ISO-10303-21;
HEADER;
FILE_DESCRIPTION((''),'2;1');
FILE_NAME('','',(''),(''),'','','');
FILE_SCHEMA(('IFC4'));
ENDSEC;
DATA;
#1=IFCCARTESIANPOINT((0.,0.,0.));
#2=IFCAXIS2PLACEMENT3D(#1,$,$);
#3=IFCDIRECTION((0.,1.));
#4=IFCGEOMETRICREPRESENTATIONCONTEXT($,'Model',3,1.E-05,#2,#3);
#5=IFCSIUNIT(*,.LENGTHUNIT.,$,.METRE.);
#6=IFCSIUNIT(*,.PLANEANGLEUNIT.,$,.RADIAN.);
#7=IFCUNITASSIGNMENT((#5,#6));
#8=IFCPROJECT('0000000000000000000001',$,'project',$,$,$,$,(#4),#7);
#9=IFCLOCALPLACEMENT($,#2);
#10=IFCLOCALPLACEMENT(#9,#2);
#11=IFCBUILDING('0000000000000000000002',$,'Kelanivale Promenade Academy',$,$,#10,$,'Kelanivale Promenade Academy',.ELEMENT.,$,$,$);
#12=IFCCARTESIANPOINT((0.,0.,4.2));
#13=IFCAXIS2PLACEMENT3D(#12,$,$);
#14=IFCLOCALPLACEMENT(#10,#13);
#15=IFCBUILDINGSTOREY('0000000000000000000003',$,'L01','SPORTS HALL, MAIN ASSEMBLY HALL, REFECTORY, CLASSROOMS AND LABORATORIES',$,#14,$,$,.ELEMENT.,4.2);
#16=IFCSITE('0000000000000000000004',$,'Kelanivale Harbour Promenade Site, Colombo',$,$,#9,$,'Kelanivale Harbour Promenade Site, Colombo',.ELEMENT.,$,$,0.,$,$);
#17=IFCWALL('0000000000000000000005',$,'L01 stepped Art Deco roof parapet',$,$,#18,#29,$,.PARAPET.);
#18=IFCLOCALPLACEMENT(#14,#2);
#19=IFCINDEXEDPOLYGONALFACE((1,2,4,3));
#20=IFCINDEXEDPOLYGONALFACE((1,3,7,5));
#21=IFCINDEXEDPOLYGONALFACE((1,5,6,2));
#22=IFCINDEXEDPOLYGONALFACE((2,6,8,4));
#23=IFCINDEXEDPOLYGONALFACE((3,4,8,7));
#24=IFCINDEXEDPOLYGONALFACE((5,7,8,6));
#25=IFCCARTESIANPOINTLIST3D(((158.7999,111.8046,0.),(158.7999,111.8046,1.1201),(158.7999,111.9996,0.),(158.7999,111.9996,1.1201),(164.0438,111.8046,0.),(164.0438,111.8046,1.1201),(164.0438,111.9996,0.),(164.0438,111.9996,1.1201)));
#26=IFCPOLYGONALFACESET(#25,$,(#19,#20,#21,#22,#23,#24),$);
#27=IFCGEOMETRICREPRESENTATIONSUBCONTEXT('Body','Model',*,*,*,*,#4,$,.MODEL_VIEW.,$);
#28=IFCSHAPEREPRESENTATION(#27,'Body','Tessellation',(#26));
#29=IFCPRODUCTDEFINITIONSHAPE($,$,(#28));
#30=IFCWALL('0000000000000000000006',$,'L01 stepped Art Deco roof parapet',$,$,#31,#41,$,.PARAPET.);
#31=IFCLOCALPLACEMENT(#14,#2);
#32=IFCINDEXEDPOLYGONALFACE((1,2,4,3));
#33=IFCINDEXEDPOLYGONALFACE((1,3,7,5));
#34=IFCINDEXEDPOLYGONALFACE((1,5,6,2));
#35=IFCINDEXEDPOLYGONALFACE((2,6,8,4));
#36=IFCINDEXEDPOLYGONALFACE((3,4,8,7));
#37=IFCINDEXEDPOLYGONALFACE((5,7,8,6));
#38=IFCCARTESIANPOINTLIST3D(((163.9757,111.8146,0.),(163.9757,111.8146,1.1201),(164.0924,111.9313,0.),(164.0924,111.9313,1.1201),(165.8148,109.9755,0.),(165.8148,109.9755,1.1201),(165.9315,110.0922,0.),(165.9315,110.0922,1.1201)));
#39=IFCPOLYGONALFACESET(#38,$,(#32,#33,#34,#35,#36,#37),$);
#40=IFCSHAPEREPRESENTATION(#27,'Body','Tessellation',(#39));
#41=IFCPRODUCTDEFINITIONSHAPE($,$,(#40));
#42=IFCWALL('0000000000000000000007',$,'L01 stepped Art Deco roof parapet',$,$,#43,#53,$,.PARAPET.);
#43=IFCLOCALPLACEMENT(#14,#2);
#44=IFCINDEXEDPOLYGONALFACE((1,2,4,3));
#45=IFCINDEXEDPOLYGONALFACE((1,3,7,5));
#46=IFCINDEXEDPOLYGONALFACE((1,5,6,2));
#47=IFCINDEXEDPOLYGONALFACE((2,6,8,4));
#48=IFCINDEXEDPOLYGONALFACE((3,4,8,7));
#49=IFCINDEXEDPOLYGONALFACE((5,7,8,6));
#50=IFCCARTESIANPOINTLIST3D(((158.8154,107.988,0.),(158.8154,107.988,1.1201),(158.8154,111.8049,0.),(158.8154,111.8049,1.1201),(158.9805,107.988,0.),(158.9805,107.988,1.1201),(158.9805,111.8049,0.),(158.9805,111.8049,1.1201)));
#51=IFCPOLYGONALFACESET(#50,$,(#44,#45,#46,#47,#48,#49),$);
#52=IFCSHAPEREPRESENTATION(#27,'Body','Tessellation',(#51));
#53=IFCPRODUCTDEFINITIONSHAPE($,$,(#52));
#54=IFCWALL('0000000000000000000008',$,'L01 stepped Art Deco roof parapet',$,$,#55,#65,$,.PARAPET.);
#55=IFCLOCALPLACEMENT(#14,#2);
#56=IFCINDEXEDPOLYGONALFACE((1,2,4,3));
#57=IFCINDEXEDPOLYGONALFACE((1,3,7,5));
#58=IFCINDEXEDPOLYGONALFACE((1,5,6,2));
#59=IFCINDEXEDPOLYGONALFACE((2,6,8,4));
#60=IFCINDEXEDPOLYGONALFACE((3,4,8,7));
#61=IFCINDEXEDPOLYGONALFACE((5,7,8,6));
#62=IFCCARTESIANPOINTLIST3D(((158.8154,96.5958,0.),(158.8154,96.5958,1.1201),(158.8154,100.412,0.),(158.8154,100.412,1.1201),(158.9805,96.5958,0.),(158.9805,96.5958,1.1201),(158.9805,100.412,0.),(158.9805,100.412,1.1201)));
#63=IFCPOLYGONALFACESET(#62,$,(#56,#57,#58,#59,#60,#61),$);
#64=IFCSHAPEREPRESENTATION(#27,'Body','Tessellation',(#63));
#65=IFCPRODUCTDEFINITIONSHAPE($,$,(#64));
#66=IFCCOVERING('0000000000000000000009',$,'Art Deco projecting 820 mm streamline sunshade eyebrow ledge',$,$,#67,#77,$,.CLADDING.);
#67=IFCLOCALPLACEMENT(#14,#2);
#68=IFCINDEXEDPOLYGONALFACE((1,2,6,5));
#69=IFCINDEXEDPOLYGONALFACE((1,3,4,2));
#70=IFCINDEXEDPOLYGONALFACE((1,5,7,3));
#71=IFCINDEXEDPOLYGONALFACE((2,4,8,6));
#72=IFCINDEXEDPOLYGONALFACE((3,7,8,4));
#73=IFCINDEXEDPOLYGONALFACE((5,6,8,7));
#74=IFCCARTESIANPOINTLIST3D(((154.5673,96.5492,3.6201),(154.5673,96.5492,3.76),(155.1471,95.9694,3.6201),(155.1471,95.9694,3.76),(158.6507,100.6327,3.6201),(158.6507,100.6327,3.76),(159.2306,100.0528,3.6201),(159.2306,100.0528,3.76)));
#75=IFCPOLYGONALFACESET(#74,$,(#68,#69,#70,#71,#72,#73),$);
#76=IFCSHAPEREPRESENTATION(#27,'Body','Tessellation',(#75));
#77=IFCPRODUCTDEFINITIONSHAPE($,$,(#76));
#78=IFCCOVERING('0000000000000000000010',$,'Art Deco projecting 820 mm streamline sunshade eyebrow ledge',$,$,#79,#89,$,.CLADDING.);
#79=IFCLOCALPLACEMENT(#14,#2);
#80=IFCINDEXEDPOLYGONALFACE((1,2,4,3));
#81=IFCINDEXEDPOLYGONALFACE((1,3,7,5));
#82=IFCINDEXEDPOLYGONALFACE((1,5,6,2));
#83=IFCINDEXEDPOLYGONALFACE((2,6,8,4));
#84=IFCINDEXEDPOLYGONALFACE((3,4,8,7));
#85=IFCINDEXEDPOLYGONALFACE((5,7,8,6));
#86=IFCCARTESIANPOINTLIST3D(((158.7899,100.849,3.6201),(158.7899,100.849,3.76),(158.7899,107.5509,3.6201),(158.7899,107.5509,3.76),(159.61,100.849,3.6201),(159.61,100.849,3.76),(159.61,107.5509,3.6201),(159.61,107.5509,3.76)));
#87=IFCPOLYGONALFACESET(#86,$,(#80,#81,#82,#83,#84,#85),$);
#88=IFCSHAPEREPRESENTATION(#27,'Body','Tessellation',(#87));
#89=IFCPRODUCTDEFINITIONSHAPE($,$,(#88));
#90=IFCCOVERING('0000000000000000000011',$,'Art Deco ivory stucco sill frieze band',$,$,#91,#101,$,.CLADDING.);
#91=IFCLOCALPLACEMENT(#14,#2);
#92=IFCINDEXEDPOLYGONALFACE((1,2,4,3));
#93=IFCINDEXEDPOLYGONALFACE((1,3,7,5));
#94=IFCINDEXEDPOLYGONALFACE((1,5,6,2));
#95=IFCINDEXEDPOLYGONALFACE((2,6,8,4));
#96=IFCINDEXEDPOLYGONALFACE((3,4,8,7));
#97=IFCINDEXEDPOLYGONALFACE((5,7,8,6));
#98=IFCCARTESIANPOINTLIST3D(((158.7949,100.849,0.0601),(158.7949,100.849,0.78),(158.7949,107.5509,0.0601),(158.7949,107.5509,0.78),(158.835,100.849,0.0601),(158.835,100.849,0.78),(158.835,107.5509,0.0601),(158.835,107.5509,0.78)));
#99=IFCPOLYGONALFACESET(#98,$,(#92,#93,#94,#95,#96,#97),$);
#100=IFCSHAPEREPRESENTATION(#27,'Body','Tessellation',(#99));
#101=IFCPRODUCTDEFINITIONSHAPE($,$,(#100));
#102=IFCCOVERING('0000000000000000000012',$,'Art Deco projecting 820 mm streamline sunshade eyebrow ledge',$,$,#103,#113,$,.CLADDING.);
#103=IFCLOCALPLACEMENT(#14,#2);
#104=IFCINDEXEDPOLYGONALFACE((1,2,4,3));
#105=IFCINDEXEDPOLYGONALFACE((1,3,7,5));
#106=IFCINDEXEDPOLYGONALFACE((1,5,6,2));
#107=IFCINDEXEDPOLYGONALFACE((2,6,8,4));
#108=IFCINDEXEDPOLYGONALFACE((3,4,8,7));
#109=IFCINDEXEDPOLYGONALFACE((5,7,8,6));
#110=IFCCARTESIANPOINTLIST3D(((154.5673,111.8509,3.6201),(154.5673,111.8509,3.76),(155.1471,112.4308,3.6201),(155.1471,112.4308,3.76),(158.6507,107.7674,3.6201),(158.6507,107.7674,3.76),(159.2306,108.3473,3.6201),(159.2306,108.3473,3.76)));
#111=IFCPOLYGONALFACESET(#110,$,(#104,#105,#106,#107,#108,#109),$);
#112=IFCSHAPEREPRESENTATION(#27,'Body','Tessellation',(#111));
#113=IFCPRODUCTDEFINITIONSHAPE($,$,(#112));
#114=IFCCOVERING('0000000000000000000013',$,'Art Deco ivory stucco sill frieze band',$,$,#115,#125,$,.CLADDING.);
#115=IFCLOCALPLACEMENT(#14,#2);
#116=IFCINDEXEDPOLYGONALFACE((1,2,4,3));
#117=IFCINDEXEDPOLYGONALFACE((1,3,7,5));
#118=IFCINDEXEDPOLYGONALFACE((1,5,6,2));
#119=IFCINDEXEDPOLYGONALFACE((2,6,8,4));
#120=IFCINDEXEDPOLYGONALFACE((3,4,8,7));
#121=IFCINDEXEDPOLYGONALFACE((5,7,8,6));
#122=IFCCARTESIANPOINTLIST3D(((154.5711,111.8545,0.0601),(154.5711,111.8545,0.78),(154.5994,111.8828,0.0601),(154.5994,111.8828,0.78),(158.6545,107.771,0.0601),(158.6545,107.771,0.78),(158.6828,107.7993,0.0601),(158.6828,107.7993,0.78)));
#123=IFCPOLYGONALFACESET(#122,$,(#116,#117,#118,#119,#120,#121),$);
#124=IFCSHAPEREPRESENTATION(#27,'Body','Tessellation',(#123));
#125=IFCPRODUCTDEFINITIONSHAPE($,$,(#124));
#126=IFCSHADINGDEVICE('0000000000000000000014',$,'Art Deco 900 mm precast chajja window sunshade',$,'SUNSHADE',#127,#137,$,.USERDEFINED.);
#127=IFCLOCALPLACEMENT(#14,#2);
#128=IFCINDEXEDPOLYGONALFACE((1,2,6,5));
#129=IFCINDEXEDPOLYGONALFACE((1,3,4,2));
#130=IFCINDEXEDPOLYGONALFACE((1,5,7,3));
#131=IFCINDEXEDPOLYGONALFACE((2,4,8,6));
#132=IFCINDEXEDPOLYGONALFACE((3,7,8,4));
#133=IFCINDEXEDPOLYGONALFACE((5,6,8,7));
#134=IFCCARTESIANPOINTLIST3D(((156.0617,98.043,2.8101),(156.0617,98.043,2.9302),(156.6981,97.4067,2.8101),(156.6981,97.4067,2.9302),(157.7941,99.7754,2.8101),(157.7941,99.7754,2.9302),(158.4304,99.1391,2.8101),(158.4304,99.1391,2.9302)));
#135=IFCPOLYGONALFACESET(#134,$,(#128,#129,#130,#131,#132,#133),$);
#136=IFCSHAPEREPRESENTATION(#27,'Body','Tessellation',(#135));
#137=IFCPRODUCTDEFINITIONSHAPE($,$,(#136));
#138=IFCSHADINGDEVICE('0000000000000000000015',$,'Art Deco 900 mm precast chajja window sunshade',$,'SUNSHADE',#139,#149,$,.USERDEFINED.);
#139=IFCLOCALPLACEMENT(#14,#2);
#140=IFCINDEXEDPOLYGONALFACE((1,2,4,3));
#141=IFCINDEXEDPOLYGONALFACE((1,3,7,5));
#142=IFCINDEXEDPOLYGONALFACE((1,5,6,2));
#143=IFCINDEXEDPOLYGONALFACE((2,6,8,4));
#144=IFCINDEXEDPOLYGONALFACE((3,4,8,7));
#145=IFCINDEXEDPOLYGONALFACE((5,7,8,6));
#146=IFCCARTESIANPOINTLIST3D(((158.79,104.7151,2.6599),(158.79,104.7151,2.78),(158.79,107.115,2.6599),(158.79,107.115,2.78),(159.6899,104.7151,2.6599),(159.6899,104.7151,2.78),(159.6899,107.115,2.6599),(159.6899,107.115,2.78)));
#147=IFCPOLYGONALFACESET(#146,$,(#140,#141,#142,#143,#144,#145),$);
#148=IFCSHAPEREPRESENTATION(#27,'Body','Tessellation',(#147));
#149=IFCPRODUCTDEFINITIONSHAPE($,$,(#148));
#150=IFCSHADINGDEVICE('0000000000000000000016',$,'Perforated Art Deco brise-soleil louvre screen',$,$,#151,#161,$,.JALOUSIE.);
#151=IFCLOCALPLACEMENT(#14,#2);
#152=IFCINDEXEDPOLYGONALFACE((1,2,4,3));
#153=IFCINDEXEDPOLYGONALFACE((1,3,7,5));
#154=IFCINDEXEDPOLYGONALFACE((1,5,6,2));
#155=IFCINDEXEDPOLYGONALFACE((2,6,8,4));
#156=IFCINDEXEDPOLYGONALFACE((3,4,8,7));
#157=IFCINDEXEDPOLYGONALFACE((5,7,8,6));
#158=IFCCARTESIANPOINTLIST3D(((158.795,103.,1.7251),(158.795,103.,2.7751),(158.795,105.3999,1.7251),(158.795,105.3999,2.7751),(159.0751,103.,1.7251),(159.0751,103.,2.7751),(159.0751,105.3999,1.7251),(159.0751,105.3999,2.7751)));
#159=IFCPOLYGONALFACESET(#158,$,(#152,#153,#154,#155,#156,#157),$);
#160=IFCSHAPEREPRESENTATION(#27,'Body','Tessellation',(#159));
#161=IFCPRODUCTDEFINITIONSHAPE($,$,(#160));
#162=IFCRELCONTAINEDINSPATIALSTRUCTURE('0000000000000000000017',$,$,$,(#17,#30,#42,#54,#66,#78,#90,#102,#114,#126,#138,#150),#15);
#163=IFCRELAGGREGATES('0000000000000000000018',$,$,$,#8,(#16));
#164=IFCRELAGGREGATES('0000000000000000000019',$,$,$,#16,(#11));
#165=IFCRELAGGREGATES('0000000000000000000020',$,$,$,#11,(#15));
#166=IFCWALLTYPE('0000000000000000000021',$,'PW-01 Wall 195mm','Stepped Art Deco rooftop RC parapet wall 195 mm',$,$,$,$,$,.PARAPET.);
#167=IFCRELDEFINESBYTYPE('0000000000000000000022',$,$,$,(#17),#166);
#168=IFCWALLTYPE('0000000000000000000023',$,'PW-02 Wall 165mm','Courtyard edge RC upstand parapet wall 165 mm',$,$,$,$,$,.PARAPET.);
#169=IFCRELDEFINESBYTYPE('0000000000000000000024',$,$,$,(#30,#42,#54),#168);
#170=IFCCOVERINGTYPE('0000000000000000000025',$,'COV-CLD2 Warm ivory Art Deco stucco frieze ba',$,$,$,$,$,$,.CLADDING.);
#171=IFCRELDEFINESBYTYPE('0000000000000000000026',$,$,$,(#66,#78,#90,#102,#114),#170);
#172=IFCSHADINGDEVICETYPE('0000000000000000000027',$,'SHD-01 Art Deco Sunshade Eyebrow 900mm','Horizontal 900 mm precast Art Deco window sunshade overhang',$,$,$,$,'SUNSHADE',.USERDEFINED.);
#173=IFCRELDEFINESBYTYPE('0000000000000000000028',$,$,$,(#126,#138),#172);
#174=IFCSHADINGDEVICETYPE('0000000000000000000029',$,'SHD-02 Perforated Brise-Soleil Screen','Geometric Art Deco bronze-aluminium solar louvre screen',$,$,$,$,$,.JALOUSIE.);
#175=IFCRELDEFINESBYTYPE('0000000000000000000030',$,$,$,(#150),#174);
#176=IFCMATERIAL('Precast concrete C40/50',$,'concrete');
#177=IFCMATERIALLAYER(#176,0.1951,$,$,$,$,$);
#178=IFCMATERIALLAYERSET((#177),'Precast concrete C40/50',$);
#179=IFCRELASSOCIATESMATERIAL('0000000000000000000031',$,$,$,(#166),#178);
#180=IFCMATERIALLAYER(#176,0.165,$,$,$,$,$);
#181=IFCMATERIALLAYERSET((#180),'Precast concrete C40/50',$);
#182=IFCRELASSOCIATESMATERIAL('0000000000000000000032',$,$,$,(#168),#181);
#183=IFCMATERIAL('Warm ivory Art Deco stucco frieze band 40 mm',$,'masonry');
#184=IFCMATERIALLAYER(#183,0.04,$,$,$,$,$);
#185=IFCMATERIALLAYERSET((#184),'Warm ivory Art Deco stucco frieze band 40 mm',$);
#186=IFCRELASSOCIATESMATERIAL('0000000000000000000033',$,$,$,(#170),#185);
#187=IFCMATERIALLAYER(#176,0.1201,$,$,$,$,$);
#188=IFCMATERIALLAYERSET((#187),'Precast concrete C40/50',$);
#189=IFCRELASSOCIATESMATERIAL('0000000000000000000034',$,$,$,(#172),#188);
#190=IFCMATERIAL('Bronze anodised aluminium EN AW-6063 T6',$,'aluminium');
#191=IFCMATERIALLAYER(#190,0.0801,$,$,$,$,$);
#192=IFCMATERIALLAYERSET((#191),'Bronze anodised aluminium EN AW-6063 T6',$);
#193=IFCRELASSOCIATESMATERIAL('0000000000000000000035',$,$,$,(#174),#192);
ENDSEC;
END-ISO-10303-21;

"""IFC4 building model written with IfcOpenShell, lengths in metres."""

from ifc_helpers import new_model, si_unit, direction, frame, frame_2d, origin, origin_2d, place, context, subcontext, project, spatial, rectangle, extrude, material, layer, layer_set, type_object, element, save


model = new_model("IFC4")

# Units and contexts
model_context = context("Model", 3, precision=1e-05, world=origin(), true_north=direction((0.0, 1.0)))
body_context = subcontext(model_context, "Body", "Model", "MODEL_VIEW")
ifc_project = project(units=[si_unit("LENGTHUNIT", "METRE"), si_unit("PLANEANGLEUNIT", "RADIAN")], contexts=[model_context])

# Site, building, storey
site_placement = place(None, origin())
site = spatial("IfcSite", under=ifc_project, at=site_placement, Name="Kelanivale Harbour Promenade Site, Colombo", LongName="Kelanivale Harbour Promenade Site, Colombo", CompositionType="ELEMENT", RefElevation=0.0)
building_placement = place(site_placement, origin())
building = spatial("IfcBuilding", under=site, at=building_placement, Name="Kelanivale Promenade Academy", LongName="Kelanivale Promenade Academy", CompositionType="ELEMENT")
storey_placement = place(building_placement, frame((0.0, 0.0, 4.2)))
storey = spatial("IfcBuildingStorey", under=building, at=storey_placement, Name="L01", Description="SPORTS HALL, MAIN ASSEMBLY HALL, REFECTORY, CLASSROOMS AND LABORATORIES", CompositionType="ELEMENT", Elevation=4.2)

# Walls
ifc_material_1 = material(Name="Precast concrete C40/50", Category="concrete")
ifc_layer_1 = layer(ifc_material_1, 0.1951)
ifc_layer_set_1 = layer_set([ifc_layer_1], Name="Precast concrete C40/50")
wall_type_1 = type_object("IfcWallType", Name="PW-01 Wall 195mm", Description="Stepped Art Deco rooftop RC parapet wall 195 mm", PredefinedType="PARAPET", material=ifc_layer_set_1)
wall_1_placement = place(storey_placement, frame((164.0439, 111.9021, 0.0), z_axis=(0.0, 0.0, 1.0), x_axis=(-1.0, 0.0, 0.0)))
element("IfcWall", 1, at=wall_1_placement, inside=storey, type_object=wall_type_1, Name="L01 stepped Art Deco roof parapet", PredefinedType="PARAPET", context=body_context, shape_type="SweptSolid", body=[
    extrude(rectangle(XDim=5.2439, YDim=0.1951, at=frame_2d((2.6221, 0.0))), origin(), (0.0, 0.0, 1.0), 1.1201),
])
ifc_layer_2 = layer(ifc_material_1, 0.165)
ifc_layer_set_2 = layer_set([ifc_layer_2], Name="Precast concrete C40/50")
wall_type_2 = type_object("IfcWallType", Name="PW-02 Wall 165mm", Description="Courtyard edge RC upstand parapet wall 165 mm", PredefinedType="PARAPET", material=ifc_layer_set_2)
wall_2_placement = place(storey_placement, frame((165.873, 110.0339, 0.0), z_axis=(0.0, 0.0, 1.0), x_axis=(-0.707107, 0.707107, 0.0)))
element("IfcWall", 2, at=wall_2_placement, inside=storey, type_object=wall_type_2, Name="L01 stepped Art Deco roof parapet", PredefinedType="PARAPET", context=body_context, shape_type="SweptSolid", body=[
    extrude(rectangle(XDim=2.6008, YDim=0.165, at=frame_2d((1.3003, 0.0))), origin(), (0.0, 0.0, 1.0), 1.1201),
])
wall_3_placement = place(storey_placement, frame((158.8979, 111.8049, 0.0), z_axis=(0.0, 0.0, 1.0), x_axis=(0.0, -1.0, 0.0)))
element("IfcWall", 3, at=wall_3_placement, inside=storey, type_object=wall_type_2, Name="L01 stepped Art Deco roof parapet", PredefinedType="PARAPET", context=body_context, shape_type="SweptSolid", body=[
    extrude(rectangle(XDim=3.8169, YDim=0.165, at=frame_2d((1.9084, 0.0))), origin(), (0.0, 0.0, 1.0), 1.1201),
])
wall_4_placement = place(storey_placement, frame((158.8979, 100.4121, 0.0), z_axis=(0.0, 0.0, 1.0), x_axis=(0.0, -1.0, 0.0)))
element("IfcWall", 4, at=wall_4_placement, inside=storey, type_object=wall_type_2, Name="L01 stepped Art Deco roof parapet", PredefinedType="PARAPET", context=body_context, shape_type="SweptSolid", body=[
    extrude(rectangle(XDim=3.8162, YDim=0.165, at=frame_2d((1.9082, 0.0))), origin(), (0.0, 0.0, 1.0), 1.1201),
])

# Coverings
ifc_material_2 = material(Name="Warm ivory Art Deco stucco frieze band 40 mm", Category="masonry")
ifc_layer_3 = layer(ifc_material_2, 0.04)
ifc_layer_set_3 = layer_set([ifc_layer_3], Name="Warm ivory Art Deco stucco frieze band 40 mm")
covering_type = type_object("IfcCoveringType", Name="COV-CLD2 Warm ivory Art Deco stucco frieze ba", PredefinedType="CLADDING", material=ifc_layer_set_3)
covering_1_placement = place(storey_placement, frame((156.8989, 98.301, 3.6201), z_axis=(0.0, 0.0, 1.0), x_axis=(0.707107, 0.707107, 0.0)))
element("IfcCovering", 5, at=covering_1_placement, inside=storey, type_object=covering_type, Name="Art Deco projecting 820 mm streamline sunshade eyebrow ledge", PredefinedType="CLADDING", context=body_context, shape_type="SweptSolid", body=[
    extrude(rectangle(XDim=5.7749, YDim=0.8201, at=origin_2d()), origin(), (0.0, 0.0, 1.0), 0.1399),
])
covering_2_placement = place(storey_placement, frame((159.2, 104.2, 3.6201), z_axis=(0.0, 0.0, 1.0), x_axis=(0.0, 1.0, 0.0)))
element("IfcCovering", 6, at=covering_2_placement, inside=storey, type_object=covering_type, Name="Art Deco projecting 820 mm streamline sunshade eyebrow ledge", PredefinedType="CLADDING", context=body_context, shape_type="SweptSolid", body=[
    extrude(rectangle(XDim=6.7019, YDim=0.8201, at=origin_2d()), origin(), (0.0, 0.0, 1.0), 0.1399),
])
covering_3_placement = place(storey_placement, frame((158.8149, 104.2, 0.0601), z_axis=(0.0, 0.0, 1.0), x_axis=(0.0, 1.0, 0.0)))
element("IfcCovering", 7, at=covering_3_placement, inside=storey, type_object=covering_type, Name="Art Deco ivory stucco sill frieze band", PredefinedType="CLADDING", context=body_context, shape_type="SweptSolid", body=[
    extrude(rectangle(XDim=6.7019, YDim=0.04, at=origin_2d()), origin(), (0.0, 0.0, 1.0), 0.72),
])
covering_4_placement = place(storey_placement, frame((156.8989, 110.0991, 3.6201), z_axis=(0.0, 0.0, 1.0), x_axis=(-0.707107, 0.707107, 0.0)))
element("IfcCovering", 8, at=covering_4_placement, inside=storey, type_object=covering_type, Name="Art Deco projecting 820 mm streamline sunshade eyebrow ledge", PredefinedType="CLADDING", context=body_context, shape_type="SweptSolid", body=[
    extrude(rectangle(XDim=5.7749, YDim=0.8201, at=origin_2d()), origin(), (0.0, 0.0, 1.0), 0.1399),
])
covering_5_placement = place(storey_placement, frame((156.627, 109.8269, 0.0601), z_axis=(0.0, 0.0, 1.0), x_axis=(-0.707107, 0.707107, 0.0)))
element("IfcCovering", 9, at=covering_5_placement, inside=storey, type_object=covering_type, Name="Art Deco ivory stucco sill frieze band", PredefinedType="CLADDING", context=body_context, shape_type="SweptSolid", body=[
    extrude(rectangle(XDim=5.7749, YDim=0.04, at=origin_2d()), origin(), (0.0, 0.0, 1.0), 0.72),
])

# Shading devices
ifc_layer_4 = layer(ifc_material_1, 0.1201)
ifc_layer_set_4 = layer_set([ifc_layer_4], Name="Precast concrete C40/50")
shading_device_type_1 = type_object("IfcShadingDeviceType", Name="SHD-01 Art Deco Sunshade Eyebrow 900mm", Description="Horizontal 900 mm precast Art Deco window sunshade overhang", ElementType="SUNSHADE", PredefinedType="USERDEFINED", material=ifc_layer_set_4)
shading_device_1_placement = place(storey_placement, frame((157.2461, 98.5911, 2.8101), z_axis=(0.0, 0.0, 1.0), x_axis=(0.707107, 0.707107, 0.0)))
element("IfcShadingDevice", 10, at=shading_device_1_placement, inside=storey, type_object=shading_device_type_1, Name="Art Deco 900 mm precast chajja window sunshade", ObjectType="SUNSHADE", PredefinedType="USERDEFINED", context=body_context, shape_type="SweptSolid", body=[
    extrude(rectangle(XDim=2.45, YDim=0.8999, at=origin_2d()), origin(), (0.0, 0.0, 1.0), 0.1201),
])
shading_device_2_placement = place(storey_placement, frame((159.24, 105.915, 2.6599), z_axis=(0.0, 0.0, 1.0), x_axis=(0.0, 1.0, 0.0)))
element("IfcShadingDevice", 11, at=shading_device_2_placement, inside=storey, type_object=shading_device_type_1, Name="Art Deco 900 mm precast chajja window sunshade", ObjectType="SUNSHADE", PredefinedType="USERDEFINED", context=body_context, shape_type="SweptSolid", body=[
    extrude(rectangle(XDim=2.3999, YDim=0.8999, at=origin_2d()), origin(), (0.0, 0.0, 1.0), 0.1201),
])
ifc_material_3 = material(Name="Bronze anodised aluminium EN AW-6063 T6", Category="aluminium")
ifc_layer_5 = layer(ifc_material_3, 0.0801)
ifc_layer_set_5 = layer_set([ifc_layer_5], Name="Bronze anodised aluminium EN AW-6063 T6")
shading_device_type_2 = type_object("IfcShadingDeviceType", Name="SHD-02 Perforated Brise-Soleil Screen", Description="Geometric Art Deco bronze-aluminium solar louvre screen", PredefinedType="JALOUSIE", material=ifc_layer_set_5)
shading_device_3_placement = place(storey_placement, frame((158.9351, 104.2, 1.7251), z_axis=(0.0, 0.0, 1.0), x_axis=(0.0, 1.0, 0.0)))
element("IfcShadingDevice", 12, at=shading_device_3_placement, inside=storey, type_object=shading_device_type_2, Name="Perforated Art Deco brise-soleil louvre screen", PredefinedType="JALOUSIE", context=body_context, shape_type="SweptSolid", body=[
    extrude(rectangle(XDim=2.3999, YDim=0.28, at=origin_2d()), origin(), (0.0, 0.0, 1.0), 1.05),
])

save(model, "model.ifc")
